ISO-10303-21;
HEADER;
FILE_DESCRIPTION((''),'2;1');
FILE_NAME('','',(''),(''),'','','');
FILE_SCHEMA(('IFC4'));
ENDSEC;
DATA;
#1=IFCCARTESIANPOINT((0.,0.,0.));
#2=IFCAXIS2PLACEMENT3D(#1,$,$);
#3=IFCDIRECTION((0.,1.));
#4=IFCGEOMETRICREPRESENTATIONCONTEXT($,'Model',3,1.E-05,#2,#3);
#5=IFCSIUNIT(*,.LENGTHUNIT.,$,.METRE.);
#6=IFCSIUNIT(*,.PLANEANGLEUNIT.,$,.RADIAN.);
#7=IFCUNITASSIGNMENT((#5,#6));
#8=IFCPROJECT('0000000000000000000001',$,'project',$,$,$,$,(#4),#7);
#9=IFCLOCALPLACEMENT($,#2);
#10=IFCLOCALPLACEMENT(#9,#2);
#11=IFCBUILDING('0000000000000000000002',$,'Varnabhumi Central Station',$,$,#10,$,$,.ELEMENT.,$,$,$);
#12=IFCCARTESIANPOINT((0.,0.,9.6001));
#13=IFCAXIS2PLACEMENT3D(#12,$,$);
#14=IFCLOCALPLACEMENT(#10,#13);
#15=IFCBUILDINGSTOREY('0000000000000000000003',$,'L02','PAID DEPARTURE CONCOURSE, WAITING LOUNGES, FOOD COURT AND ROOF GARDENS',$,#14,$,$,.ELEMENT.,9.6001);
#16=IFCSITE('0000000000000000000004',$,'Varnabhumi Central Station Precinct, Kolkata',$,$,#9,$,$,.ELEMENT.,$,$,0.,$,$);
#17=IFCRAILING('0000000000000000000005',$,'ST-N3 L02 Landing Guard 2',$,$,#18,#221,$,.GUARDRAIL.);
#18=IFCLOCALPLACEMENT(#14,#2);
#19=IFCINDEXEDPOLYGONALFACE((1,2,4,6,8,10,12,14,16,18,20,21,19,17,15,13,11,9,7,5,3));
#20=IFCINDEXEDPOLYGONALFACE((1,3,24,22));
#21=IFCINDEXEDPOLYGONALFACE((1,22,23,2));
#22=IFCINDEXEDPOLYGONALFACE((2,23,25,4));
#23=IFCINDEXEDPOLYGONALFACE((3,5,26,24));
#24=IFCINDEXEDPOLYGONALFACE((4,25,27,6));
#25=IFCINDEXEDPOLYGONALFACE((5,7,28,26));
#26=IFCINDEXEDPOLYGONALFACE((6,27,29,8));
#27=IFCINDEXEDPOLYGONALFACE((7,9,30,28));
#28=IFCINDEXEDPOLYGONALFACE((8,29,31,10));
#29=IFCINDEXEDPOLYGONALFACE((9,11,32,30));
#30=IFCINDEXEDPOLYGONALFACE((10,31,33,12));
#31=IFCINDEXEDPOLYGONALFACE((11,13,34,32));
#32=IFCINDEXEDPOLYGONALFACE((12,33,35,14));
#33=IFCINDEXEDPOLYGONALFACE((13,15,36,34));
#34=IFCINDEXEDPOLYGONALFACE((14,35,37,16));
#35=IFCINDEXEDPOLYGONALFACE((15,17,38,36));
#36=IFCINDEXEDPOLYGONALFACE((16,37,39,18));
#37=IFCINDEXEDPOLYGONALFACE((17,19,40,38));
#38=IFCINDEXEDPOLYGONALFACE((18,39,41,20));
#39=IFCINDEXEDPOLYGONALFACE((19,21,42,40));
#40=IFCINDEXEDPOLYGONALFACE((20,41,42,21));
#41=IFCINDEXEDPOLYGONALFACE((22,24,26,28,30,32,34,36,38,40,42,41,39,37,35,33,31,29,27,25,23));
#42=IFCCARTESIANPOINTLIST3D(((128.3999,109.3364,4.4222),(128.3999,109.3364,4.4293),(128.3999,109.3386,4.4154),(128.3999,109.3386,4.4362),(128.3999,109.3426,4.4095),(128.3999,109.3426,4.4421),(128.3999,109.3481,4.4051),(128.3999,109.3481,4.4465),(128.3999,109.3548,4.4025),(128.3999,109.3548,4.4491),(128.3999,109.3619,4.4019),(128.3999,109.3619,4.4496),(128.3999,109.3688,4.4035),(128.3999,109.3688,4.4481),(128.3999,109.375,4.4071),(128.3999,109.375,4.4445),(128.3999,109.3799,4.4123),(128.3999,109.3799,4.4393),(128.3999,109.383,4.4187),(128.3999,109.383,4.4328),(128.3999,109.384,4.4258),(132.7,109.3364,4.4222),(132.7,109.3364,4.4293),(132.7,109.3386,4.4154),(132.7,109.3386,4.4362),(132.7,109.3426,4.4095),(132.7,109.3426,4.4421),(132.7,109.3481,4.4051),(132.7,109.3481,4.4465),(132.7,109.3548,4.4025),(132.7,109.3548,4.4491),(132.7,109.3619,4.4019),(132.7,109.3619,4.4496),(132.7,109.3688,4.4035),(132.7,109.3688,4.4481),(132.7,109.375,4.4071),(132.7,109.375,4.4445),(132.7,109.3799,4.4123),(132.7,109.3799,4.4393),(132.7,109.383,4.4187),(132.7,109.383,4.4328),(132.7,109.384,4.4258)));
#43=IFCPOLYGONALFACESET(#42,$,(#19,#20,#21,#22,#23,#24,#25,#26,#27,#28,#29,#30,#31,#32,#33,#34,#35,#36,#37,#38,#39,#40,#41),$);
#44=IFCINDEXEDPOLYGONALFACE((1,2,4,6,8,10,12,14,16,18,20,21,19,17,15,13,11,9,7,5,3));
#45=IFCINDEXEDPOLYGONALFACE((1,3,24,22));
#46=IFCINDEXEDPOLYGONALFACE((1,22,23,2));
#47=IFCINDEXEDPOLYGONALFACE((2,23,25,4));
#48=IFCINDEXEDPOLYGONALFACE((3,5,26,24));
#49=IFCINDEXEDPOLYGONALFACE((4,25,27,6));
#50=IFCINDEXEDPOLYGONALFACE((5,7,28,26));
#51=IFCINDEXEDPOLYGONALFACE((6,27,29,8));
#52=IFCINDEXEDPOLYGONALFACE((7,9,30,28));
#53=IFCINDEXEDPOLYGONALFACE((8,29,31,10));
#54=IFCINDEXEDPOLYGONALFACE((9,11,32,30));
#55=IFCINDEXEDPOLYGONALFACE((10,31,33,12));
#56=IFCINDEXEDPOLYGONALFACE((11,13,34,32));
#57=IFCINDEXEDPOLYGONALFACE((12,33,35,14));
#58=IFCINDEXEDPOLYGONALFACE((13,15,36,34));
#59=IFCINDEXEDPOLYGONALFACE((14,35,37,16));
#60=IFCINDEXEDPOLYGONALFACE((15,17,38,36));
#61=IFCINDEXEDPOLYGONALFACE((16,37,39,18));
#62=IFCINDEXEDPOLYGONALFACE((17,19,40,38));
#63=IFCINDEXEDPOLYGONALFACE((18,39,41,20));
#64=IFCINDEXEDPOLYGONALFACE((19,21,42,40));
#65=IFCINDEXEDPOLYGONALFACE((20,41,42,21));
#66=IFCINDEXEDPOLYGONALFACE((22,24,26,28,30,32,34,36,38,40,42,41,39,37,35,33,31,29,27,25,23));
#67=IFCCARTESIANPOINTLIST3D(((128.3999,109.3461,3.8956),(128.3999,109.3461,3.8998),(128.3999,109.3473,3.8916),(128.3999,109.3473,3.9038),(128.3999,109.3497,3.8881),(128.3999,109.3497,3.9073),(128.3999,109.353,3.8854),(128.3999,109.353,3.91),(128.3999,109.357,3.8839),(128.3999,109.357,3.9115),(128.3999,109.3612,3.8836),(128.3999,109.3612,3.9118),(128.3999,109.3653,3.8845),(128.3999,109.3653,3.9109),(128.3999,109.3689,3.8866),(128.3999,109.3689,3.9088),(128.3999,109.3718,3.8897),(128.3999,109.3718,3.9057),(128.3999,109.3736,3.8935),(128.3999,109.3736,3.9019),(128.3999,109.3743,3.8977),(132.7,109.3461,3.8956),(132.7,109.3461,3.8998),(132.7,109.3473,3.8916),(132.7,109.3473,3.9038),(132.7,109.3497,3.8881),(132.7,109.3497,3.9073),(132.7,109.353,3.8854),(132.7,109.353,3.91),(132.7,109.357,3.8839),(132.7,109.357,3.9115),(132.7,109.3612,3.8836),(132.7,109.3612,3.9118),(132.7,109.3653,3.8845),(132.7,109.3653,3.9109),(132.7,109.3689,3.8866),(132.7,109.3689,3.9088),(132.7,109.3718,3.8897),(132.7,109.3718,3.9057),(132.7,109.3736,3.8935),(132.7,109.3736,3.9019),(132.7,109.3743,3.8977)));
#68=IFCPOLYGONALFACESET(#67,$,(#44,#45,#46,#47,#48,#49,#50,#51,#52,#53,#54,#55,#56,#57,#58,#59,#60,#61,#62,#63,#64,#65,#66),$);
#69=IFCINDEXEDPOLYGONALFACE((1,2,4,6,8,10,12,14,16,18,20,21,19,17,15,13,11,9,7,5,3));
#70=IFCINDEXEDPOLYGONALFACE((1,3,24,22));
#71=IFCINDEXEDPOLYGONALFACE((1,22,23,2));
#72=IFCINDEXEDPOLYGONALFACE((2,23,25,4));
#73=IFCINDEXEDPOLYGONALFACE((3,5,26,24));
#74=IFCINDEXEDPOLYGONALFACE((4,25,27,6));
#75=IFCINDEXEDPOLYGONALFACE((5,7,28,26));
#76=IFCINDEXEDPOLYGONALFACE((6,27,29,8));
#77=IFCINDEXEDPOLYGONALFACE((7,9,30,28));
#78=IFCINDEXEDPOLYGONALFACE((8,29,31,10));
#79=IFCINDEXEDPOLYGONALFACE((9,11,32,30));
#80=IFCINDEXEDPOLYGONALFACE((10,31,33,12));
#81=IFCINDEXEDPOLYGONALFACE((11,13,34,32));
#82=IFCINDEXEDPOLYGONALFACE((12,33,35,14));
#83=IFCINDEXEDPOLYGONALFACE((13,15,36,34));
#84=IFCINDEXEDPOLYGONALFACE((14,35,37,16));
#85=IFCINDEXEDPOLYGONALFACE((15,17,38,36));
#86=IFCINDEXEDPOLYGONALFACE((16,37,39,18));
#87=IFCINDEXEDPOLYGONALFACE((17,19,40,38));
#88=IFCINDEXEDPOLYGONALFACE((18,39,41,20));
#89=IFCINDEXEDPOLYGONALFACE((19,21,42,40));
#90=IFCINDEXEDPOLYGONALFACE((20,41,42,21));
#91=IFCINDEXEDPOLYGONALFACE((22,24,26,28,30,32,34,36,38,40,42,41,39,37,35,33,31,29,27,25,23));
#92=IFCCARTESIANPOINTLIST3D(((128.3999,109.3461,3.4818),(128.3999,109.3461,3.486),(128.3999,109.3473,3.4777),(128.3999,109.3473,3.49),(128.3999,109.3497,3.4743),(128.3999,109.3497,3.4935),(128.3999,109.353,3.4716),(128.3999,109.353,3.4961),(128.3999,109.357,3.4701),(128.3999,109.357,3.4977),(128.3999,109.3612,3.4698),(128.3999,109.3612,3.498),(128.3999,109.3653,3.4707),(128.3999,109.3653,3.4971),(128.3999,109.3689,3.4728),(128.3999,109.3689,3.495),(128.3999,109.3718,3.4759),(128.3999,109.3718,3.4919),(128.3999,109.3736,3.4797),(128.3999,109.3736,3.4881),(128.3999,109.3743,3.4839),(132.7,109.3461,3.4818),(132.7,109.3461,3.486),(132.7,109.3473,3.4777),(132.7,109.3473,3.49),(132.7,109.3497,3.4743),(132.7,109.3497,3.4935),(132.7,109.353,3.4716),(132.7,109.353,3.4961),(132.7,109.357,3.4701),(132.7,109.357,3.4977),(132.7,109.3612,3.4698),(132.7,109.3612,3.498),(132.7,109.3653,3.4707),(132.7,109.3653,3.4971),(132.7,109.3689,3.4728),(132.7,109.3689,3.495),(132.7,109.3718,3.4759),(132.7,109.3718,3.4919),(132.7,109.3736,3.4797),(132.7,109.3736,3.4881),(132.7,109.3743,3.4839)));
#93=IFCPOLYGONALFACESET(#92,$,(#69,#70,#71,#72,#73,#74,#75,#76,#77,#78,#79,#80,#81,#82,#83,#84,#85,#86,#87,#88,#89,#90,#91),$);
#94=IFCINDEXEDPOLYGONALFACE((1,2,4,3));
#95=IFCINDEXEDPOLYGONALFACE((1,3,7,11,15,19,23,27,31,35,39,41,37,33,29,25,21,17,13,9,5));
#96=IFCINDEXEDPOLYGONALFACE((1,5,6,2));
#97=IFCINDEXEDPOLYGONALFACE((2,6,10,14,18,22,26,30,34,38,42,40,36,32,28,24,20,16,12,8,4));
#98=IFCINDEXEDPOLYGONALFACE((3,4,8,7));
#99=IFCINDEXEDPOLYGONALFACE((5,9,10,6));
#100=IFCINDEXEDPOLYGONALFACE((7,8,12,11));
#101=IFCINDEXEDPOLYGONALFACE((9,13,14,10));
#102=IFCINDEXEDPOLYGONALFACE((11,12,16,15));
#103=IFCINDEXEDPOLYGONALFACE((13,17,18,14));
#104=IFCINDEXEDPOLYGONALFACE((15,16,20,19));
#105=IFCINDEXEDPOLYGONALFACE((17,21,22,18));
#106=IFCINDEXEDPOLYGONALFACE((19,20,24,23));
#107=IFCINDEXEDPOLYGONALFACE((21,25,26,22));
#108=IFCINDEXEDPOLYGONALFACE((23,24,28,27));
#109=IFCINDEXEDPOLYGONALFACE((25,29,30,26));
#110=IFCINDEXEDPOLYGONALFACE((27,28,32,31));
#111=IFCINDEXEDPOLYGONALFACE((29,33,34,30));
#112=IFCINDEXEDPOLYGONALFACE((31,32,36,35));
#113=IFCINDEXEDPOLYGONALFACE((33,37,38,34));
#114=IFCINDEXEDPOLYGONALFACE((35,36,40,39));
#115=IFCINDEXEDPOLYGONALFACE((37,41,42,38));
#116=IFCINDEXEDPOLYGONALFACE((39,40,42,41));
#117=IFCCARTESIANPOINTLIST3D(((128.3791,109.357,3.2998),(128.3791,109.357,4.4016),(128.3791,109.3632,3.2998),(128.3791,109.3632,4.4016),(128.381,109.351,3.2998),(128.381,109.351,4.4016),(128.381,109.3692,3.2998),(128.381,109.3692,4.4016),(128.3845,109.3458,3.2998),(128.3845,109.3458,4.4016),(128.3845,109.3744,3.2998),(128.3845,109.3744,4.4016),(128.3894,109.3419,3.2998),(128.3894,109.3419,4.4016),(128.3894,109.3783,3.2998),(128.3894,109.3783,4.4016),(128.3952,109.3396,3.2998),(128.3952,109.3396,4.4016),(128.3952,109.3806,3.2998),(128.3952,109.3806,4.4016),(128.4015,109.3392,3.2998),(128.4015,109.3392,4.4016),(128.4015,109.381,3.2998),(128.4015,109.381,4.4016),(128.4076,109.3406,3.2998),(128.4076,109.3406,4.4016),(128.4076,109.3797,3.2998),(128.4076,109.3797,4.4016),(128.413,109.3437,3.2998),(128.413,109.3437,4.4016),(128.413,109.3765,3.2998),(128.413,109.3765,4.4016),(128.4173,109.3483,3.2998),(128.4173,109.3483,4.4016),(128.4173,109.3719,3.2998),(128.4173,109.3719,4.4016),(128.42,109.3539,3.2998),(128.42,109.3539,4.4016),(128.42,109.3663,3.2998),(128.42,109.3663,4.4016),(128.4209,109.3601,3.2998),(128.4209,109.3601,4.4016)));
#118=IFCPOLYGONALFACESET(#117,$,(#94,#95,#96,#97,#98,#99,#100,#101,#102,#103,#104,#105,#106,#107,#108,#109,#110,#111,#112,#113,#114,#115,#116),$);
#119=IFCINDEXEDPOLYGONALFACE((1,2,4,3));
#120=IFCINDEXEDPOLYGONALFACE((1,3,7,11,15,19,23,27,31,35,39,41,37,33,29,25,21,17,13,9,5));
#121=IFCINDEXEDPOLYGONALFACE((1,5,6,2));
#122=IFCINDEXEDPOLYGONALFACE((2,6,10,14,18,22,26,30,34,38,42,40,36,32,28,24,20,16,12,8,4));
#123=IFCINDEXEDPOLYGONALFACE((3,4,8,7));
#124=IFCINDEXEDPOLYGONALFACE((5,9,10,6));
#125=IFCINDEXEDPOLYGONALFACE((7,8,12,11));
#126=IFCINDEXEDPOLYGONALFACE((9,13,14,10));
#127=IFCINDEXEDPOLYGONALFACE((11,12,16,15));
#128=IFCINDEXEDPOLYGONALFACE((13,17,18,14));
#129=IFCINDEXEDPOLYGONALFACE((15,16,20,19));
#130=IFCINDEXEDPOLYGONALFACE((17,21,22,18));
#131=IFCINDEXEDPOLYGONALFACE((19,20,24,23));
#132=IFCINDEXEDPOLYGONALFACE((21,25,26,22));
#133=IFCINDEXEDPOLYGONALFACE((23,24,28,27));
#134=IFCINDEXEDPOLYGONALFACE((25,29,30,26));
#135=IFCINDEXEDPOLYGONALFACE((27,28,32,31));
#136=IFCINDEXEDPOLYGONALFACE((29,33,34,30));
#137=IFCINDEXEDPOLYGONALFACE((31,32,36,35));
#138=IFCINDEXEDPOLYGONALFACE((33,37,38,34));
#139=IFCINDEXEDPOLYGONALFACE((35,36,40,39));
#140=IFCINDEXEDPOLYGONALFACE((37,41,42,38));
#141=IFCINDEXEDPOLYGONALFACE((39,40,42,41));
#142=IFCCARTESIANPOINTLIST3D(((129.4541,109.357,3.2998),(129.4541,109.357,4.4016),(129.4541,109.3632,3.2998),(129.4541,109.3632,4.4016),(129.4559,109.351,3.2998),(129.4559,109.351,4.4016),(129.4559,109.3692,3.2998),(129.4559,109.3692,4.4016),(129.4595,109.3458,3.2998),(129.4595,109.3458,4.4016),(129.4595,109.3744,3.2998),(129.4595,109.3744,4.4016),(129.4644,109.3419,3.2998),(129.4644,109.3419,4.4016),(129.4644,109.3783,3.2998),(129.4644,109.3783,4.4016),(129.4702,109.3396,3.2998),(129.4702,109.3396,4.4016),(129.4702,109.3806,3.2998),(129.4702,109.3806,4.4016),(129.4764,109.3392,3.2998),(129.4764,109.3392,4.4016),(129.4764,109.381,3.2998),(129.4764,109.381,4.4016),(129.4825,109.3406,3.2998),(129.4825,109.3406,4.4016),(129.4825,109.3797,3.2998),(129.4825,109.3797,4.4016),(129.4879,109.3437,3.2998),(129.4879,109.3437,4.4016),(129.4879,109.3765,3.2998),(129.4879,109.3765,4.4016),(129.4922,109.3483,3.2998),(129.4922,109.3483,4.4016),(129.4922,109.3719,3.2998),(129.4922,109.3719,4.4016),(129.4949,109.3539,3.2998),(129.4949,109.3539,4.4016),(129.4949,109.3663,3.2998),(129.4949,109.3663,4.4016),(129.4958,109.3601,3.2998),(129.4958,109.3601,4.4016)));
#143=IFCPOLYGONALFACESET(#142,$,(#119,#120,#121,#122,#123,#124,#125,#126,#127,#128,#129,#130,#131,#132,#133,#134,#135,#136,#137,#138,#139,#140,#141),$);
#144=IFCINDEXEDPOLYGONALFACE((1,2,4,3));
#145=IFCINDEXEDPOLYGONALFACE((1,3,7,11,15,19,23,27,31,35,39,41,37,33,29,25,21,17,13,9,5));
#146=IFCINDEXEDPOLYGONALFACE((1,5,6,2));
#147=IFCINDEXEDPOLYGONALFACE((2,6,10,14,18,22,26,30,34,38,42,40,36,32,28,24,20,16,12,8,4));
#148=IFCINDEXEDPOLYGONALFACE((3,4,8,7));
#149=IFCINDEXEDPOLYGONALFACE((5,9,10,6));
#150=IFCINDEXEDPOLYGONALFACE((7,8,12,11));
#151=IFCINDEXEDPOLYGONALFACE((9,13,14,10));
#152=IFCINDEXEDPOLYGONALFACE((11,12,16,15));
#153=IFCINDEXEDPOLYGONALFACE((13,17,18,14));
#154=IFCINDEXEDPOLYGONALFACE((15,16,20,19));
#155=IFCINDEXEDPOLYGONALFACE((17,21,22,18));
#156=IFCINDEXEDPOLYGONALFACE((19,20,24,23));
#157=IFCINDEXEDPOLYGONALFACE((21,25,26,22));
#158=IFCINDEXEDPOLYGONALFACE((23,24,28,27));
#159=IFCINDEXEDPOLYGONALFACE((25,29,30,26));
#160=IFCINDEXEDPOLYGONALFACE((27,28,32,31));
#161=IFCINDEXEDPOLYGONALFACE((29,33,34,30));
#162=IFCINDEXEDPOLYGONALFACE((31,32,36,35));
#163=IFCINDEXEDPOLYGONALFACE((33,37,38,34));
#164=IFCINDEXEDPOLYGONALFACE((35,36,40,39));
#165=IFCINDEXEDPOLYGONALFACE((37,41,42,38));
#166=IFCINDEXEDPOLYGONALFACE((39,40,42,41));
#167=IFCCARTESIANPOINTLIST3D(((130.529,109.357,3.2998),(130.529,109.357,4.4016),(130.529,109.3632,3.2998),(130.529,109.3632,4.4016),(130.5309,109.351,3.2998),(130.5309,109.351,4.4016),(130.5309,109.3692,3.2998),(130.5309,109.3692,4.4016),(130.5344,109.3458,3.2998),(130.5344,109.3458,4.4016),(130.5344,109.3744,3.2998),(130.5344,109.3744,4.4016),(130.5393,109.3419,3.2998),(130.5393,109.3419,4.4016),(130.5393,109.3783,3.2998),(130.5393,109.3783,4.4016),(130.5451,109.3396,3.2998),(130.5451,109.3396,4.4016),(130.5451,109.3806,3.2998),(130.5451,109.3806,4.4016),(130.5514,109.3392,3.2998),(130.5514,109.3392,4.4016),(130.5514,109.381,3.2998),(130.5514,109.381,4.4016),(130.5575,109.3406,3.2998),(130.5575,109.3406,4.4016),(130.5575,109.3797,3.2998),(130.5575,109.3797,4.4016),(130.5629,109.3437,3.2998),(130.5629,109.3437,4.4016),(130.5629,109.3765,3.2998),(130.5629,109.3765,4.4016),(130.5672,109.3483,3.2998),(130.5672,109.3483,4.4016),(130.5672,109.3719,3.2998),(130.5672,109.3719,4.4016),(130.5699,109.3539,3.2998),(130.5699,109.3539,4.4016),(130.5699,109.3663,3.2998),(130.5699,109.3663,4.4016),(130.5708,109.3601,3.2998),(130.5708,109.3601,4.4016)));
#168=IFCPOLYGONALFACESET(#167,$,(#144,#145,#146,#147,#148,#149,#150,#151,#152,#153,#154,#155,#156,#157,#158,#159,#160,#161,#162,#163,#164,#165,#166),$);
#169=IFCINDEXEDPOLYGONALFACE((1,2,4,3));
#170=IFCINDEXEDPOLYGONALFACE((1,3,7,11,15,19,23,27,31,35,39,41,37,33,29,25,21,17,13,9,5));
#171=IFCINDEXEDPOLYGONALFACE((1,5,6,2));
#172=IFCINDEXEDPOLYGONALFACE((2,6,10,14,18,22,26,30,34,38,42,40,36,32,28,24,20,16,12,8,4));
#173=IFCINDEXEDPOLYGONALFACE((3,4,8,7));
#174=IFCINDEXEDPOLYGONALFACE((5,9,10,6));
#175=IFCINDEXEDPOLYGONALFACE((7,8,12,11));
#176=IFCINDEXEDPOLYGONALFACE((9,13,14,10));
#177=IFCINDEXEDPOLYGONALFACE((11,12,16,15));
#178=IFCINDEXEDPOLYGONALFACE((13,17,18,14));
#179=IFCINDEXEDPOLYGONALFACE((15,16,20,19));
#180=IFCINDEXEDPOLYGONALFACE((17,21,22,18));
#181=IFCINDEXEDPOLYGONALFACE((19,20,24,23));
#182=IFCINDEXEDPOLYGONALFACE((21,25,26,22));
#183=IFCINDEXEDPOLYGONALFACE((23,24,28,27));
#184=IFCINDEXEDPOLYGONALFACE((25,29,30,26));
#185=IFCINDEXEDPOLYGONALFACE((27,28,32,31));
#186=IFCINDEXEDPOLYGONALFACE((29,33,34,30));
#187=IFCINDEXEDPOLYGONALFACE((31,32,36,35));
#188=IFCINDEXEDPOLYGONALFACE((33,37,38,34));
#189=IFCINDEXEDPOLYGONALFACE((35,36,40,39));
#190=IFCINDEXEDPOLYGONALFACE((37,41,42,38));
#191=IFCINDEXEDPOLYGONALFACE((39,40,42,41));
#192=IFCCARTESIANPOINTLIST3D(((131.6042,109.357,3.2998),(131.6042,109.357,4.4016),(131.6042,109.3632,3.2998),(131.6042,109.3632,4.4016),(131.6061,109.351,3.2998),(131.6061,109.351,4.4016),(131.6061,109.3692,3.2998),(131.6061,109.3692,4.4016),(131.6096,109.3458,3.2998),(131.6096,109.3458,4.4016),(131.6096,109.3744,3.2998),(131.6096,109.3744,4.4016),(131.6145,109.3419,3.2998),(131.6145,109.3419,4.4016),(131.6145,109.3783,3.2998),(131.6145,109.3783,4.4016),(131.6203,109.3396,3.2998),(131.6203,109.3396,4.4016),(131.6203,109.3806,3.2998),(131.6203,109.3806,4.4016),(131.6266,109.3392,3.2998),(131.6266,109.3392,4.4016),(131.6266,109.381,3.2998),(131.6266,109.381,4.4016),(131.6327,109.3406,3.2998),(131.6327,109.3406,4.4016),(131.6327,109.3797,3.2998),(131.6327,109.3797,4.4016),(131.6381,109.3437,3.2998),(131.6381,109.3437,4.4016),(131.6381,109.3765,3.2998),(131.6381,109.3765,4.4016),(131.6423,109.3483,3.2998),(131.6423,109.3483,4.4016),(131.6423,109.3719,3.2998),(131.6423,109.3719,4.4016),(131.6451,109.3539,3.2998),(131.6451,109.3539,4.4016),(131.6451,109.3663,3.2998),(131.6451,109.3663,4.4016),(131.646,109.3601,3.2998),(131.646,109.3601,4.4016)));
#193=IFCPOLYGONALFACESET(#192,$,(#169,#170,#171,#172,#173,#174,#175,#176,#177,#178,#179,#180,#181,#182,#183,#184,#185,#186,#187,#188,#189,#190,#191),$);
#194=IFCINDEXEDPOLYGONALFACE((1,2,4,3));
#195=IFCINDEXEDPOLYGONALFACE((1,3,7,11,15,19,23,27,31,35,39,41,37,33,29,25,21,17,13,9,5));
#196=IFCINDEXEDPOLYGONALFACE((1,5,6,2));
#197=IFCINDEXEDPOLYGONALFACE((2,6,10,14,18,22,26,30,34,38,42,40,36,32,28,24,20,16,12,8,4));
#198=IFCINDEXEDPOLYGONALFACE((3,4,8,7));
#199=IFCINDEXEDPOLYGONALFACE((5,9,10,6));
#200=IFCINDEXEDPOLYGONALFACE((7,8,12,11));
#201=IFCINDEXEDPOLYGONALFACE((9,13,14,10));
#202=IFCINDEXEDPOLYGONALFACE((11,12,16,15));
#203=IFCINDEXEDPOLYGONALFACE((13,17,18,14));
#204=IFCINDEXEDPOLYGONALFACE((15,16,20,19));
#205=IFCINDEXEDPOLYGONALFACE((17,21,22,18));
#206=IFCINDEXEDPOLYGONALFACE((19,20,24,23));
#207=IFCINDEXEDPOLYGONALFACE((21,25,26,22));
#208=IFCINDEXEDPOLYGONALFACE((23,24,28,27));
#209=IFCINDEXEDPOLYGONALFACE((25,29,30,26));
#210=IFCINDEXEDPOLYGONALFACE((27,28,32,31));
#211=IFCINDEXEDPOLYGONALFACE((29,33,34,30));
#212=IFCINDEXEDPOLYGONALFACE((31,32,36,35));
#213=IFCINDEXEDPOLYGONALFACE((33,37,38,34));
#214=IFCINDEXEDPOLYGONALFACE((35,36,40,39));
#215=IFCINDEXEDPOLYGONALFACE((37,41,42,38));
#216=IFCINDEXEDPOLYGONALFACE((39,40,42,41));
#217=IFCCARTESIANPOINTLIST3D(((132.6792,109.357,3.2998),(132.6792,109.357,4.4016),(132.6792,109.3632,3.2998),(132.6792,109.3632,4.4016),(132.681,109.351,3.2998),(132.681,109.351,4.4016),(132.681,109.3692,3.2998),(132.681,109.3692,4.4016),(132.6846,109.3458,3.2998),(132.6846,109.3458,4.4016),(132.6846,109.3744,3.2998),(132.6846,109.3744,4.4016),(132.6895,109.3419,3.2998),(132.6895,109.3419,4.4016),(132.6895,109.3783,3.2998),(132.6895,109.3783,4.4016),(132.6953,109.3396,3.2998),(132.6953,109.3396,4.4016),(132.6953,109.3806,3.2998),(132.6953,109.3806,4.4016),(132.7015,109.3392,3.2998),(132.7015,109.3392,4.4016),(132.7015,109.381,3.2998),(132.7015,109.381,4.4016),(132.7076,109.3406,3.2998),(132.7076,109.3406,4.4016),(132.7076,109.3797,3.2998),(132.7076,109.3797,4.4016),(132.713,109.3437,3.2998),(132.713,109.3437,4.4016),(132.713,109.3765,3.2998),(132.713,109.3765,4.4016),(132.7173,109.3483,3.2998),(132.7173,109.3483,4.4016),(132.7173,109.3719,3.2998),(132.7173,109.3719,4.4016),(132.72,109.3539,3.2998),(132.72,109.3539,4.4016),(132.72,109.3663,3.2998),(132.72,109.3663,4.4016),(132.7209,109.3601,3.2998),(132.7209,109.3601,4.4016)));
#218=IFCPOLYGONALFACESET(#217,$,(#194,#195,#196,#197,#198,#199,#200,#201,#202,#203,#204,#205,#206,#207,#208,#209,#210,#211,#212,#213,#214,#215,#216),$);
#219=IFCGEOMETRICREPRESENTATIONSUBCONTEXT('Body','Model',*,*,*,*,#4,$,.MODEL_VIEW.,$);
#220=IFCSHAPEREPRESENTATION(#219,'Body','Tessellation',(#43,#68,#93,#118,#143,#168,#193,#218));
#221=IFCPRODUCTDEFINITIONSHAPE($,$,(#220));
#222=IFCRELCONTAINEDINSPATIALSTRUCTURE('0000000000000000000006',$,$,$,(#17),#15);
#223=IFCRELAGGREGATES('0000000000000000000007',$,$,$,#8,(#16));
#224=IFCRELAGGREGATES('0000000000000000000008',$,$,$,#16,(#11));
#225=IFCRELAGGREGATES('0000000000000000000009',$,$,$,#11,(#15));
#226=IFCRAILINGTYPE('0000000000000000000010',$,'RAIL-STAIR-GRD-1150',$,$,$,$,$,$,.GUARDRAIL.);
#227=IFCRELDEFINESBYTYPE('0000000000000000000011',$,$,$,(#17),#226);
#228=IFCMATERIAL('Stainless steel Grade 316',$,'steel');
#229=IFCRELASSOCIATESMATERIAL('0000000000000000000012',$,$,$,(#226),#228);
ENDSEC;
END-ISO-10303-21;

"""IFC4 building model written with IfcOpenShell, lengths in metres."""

from ifc_helpers import new_model, si_unit, direction, frame, origin, origin_2d, place, context, subcontext, project, spatial, circle, extrude, material, type_object, element, save


model = new_model("IFC4")

# Units and contexts
model_context = context("Model", 3, precision=1e-05, world=origin(), true_north=direction((0.0, 1.0)))
body_context = subcontext(model_context, "Body", "Model", "MODEL_VIEW")
ifc_project = project(units=[si_unit("LENGTHUNIT", "METRE"), si_unit("PLANEANGLEUNIT", "RADIAN")], contexts=[model_context])

# Site, building, storey
site_placement = place(None, origin())
site = spatial("IfcSite", under=ifc_project, at=site_placement, Name="Varnabhumi Central Station Precinct, Kolkata", CompositionType="ELEMENT", RefElevation=0.0)
building_placement = place(site_placement, origin())
building = spatial("IfcBuilding", under=site, at=building_placement, Name="Varnabhumi Central Station", CompositionType="ELEMENT")
storey_placement = place(building_placement, frame((0.0, 0.0, 9.6001)))
storey = spatial("IfcBuildingStorey", under=building, at=storey_placement, Name="L02", Description="PAID DEPARTURE CONCOURSE, WAITING LOUNGES, FOOD COURT AND ROOF GARDENS", CompositionType="ELEMENT", Elevation=9.6001)

# Shared definitions
ifc_material_1 = material(Name="Stainless steel Grade 316", Category="steel")

# Railing
railing_type_1 = type_object("IfcRailingType", Name="RAIL-STAIR-GRD-1150", PredefinedType="GUARDRAIL", material=ifc_material_1)
railing_1_placement = place(storey_placement, frame((128.3999, 109.3601, 3.2998)))
element("IfcRailing", 1, at=railing_1_placement, inside=storey, type_object=railing_type_1, Name="ST-N3 L02 Landing Guard 2", PredefinedType="GUARDRAIL", context=body_context, shape_type="SweptSolid", body=[
    extrude(circle(Radius=0.0239, at=origin_2d()), frame((0.0, 0.0, 1.126), z_axis=(1.0, 0.0, 0.0), x_axis=(0.0, 1.0, 0.0)), (0.0, 0.0, 1.0), 4.3),
    extrude(circle(Radius=0.0142, at=origin_2d()), frame((0.0, 0.0, 0.5979), z_axis=(1.0, 0.0, 0.0), x_axis=(0.0, 1.0, 0.0)), (0.0, 0.0, 1.0), 4.3),
    extrude(circle(Radius=0.0142, at=origin_2d()), frame((0.0, 0.0, 0.1841), z_axis=(1.0, 0.0, 0.0), x_axis=(0.0, 1.0, 0.0)), (0.0, 0.0, 1.0), 4.3),
    extrude(circle(Radius=0.021, at=origin_2d()), origin(), (0.0, 0.0, 1.0), 1.1018),
    extrude(circle(Radius=0.021, at=origin_2d()), frame((1.075, 0.0, 0.0)), (0.0, 0.0, 1.0), 1.1018),
    extrude(circle(Radius=0.021, at=origin_2d()), frame((2.1499, 0.0, 0.0)), (0.0, 0.0, 1.0), 1.1018),
    extrude(circle(Radius=0.021, at=origin_2d()), frame((3.2251, 0.0, 0.0)), (0.0, 0.0, 1.0), 1.1018),
    extrude(circle(Radius=0.021, at=origin_2d()), frame((4.3, 0.0, 0.0)), (0.0, 0.0, 1.0), 1.1018),
])

save(model, "model.ifc")
